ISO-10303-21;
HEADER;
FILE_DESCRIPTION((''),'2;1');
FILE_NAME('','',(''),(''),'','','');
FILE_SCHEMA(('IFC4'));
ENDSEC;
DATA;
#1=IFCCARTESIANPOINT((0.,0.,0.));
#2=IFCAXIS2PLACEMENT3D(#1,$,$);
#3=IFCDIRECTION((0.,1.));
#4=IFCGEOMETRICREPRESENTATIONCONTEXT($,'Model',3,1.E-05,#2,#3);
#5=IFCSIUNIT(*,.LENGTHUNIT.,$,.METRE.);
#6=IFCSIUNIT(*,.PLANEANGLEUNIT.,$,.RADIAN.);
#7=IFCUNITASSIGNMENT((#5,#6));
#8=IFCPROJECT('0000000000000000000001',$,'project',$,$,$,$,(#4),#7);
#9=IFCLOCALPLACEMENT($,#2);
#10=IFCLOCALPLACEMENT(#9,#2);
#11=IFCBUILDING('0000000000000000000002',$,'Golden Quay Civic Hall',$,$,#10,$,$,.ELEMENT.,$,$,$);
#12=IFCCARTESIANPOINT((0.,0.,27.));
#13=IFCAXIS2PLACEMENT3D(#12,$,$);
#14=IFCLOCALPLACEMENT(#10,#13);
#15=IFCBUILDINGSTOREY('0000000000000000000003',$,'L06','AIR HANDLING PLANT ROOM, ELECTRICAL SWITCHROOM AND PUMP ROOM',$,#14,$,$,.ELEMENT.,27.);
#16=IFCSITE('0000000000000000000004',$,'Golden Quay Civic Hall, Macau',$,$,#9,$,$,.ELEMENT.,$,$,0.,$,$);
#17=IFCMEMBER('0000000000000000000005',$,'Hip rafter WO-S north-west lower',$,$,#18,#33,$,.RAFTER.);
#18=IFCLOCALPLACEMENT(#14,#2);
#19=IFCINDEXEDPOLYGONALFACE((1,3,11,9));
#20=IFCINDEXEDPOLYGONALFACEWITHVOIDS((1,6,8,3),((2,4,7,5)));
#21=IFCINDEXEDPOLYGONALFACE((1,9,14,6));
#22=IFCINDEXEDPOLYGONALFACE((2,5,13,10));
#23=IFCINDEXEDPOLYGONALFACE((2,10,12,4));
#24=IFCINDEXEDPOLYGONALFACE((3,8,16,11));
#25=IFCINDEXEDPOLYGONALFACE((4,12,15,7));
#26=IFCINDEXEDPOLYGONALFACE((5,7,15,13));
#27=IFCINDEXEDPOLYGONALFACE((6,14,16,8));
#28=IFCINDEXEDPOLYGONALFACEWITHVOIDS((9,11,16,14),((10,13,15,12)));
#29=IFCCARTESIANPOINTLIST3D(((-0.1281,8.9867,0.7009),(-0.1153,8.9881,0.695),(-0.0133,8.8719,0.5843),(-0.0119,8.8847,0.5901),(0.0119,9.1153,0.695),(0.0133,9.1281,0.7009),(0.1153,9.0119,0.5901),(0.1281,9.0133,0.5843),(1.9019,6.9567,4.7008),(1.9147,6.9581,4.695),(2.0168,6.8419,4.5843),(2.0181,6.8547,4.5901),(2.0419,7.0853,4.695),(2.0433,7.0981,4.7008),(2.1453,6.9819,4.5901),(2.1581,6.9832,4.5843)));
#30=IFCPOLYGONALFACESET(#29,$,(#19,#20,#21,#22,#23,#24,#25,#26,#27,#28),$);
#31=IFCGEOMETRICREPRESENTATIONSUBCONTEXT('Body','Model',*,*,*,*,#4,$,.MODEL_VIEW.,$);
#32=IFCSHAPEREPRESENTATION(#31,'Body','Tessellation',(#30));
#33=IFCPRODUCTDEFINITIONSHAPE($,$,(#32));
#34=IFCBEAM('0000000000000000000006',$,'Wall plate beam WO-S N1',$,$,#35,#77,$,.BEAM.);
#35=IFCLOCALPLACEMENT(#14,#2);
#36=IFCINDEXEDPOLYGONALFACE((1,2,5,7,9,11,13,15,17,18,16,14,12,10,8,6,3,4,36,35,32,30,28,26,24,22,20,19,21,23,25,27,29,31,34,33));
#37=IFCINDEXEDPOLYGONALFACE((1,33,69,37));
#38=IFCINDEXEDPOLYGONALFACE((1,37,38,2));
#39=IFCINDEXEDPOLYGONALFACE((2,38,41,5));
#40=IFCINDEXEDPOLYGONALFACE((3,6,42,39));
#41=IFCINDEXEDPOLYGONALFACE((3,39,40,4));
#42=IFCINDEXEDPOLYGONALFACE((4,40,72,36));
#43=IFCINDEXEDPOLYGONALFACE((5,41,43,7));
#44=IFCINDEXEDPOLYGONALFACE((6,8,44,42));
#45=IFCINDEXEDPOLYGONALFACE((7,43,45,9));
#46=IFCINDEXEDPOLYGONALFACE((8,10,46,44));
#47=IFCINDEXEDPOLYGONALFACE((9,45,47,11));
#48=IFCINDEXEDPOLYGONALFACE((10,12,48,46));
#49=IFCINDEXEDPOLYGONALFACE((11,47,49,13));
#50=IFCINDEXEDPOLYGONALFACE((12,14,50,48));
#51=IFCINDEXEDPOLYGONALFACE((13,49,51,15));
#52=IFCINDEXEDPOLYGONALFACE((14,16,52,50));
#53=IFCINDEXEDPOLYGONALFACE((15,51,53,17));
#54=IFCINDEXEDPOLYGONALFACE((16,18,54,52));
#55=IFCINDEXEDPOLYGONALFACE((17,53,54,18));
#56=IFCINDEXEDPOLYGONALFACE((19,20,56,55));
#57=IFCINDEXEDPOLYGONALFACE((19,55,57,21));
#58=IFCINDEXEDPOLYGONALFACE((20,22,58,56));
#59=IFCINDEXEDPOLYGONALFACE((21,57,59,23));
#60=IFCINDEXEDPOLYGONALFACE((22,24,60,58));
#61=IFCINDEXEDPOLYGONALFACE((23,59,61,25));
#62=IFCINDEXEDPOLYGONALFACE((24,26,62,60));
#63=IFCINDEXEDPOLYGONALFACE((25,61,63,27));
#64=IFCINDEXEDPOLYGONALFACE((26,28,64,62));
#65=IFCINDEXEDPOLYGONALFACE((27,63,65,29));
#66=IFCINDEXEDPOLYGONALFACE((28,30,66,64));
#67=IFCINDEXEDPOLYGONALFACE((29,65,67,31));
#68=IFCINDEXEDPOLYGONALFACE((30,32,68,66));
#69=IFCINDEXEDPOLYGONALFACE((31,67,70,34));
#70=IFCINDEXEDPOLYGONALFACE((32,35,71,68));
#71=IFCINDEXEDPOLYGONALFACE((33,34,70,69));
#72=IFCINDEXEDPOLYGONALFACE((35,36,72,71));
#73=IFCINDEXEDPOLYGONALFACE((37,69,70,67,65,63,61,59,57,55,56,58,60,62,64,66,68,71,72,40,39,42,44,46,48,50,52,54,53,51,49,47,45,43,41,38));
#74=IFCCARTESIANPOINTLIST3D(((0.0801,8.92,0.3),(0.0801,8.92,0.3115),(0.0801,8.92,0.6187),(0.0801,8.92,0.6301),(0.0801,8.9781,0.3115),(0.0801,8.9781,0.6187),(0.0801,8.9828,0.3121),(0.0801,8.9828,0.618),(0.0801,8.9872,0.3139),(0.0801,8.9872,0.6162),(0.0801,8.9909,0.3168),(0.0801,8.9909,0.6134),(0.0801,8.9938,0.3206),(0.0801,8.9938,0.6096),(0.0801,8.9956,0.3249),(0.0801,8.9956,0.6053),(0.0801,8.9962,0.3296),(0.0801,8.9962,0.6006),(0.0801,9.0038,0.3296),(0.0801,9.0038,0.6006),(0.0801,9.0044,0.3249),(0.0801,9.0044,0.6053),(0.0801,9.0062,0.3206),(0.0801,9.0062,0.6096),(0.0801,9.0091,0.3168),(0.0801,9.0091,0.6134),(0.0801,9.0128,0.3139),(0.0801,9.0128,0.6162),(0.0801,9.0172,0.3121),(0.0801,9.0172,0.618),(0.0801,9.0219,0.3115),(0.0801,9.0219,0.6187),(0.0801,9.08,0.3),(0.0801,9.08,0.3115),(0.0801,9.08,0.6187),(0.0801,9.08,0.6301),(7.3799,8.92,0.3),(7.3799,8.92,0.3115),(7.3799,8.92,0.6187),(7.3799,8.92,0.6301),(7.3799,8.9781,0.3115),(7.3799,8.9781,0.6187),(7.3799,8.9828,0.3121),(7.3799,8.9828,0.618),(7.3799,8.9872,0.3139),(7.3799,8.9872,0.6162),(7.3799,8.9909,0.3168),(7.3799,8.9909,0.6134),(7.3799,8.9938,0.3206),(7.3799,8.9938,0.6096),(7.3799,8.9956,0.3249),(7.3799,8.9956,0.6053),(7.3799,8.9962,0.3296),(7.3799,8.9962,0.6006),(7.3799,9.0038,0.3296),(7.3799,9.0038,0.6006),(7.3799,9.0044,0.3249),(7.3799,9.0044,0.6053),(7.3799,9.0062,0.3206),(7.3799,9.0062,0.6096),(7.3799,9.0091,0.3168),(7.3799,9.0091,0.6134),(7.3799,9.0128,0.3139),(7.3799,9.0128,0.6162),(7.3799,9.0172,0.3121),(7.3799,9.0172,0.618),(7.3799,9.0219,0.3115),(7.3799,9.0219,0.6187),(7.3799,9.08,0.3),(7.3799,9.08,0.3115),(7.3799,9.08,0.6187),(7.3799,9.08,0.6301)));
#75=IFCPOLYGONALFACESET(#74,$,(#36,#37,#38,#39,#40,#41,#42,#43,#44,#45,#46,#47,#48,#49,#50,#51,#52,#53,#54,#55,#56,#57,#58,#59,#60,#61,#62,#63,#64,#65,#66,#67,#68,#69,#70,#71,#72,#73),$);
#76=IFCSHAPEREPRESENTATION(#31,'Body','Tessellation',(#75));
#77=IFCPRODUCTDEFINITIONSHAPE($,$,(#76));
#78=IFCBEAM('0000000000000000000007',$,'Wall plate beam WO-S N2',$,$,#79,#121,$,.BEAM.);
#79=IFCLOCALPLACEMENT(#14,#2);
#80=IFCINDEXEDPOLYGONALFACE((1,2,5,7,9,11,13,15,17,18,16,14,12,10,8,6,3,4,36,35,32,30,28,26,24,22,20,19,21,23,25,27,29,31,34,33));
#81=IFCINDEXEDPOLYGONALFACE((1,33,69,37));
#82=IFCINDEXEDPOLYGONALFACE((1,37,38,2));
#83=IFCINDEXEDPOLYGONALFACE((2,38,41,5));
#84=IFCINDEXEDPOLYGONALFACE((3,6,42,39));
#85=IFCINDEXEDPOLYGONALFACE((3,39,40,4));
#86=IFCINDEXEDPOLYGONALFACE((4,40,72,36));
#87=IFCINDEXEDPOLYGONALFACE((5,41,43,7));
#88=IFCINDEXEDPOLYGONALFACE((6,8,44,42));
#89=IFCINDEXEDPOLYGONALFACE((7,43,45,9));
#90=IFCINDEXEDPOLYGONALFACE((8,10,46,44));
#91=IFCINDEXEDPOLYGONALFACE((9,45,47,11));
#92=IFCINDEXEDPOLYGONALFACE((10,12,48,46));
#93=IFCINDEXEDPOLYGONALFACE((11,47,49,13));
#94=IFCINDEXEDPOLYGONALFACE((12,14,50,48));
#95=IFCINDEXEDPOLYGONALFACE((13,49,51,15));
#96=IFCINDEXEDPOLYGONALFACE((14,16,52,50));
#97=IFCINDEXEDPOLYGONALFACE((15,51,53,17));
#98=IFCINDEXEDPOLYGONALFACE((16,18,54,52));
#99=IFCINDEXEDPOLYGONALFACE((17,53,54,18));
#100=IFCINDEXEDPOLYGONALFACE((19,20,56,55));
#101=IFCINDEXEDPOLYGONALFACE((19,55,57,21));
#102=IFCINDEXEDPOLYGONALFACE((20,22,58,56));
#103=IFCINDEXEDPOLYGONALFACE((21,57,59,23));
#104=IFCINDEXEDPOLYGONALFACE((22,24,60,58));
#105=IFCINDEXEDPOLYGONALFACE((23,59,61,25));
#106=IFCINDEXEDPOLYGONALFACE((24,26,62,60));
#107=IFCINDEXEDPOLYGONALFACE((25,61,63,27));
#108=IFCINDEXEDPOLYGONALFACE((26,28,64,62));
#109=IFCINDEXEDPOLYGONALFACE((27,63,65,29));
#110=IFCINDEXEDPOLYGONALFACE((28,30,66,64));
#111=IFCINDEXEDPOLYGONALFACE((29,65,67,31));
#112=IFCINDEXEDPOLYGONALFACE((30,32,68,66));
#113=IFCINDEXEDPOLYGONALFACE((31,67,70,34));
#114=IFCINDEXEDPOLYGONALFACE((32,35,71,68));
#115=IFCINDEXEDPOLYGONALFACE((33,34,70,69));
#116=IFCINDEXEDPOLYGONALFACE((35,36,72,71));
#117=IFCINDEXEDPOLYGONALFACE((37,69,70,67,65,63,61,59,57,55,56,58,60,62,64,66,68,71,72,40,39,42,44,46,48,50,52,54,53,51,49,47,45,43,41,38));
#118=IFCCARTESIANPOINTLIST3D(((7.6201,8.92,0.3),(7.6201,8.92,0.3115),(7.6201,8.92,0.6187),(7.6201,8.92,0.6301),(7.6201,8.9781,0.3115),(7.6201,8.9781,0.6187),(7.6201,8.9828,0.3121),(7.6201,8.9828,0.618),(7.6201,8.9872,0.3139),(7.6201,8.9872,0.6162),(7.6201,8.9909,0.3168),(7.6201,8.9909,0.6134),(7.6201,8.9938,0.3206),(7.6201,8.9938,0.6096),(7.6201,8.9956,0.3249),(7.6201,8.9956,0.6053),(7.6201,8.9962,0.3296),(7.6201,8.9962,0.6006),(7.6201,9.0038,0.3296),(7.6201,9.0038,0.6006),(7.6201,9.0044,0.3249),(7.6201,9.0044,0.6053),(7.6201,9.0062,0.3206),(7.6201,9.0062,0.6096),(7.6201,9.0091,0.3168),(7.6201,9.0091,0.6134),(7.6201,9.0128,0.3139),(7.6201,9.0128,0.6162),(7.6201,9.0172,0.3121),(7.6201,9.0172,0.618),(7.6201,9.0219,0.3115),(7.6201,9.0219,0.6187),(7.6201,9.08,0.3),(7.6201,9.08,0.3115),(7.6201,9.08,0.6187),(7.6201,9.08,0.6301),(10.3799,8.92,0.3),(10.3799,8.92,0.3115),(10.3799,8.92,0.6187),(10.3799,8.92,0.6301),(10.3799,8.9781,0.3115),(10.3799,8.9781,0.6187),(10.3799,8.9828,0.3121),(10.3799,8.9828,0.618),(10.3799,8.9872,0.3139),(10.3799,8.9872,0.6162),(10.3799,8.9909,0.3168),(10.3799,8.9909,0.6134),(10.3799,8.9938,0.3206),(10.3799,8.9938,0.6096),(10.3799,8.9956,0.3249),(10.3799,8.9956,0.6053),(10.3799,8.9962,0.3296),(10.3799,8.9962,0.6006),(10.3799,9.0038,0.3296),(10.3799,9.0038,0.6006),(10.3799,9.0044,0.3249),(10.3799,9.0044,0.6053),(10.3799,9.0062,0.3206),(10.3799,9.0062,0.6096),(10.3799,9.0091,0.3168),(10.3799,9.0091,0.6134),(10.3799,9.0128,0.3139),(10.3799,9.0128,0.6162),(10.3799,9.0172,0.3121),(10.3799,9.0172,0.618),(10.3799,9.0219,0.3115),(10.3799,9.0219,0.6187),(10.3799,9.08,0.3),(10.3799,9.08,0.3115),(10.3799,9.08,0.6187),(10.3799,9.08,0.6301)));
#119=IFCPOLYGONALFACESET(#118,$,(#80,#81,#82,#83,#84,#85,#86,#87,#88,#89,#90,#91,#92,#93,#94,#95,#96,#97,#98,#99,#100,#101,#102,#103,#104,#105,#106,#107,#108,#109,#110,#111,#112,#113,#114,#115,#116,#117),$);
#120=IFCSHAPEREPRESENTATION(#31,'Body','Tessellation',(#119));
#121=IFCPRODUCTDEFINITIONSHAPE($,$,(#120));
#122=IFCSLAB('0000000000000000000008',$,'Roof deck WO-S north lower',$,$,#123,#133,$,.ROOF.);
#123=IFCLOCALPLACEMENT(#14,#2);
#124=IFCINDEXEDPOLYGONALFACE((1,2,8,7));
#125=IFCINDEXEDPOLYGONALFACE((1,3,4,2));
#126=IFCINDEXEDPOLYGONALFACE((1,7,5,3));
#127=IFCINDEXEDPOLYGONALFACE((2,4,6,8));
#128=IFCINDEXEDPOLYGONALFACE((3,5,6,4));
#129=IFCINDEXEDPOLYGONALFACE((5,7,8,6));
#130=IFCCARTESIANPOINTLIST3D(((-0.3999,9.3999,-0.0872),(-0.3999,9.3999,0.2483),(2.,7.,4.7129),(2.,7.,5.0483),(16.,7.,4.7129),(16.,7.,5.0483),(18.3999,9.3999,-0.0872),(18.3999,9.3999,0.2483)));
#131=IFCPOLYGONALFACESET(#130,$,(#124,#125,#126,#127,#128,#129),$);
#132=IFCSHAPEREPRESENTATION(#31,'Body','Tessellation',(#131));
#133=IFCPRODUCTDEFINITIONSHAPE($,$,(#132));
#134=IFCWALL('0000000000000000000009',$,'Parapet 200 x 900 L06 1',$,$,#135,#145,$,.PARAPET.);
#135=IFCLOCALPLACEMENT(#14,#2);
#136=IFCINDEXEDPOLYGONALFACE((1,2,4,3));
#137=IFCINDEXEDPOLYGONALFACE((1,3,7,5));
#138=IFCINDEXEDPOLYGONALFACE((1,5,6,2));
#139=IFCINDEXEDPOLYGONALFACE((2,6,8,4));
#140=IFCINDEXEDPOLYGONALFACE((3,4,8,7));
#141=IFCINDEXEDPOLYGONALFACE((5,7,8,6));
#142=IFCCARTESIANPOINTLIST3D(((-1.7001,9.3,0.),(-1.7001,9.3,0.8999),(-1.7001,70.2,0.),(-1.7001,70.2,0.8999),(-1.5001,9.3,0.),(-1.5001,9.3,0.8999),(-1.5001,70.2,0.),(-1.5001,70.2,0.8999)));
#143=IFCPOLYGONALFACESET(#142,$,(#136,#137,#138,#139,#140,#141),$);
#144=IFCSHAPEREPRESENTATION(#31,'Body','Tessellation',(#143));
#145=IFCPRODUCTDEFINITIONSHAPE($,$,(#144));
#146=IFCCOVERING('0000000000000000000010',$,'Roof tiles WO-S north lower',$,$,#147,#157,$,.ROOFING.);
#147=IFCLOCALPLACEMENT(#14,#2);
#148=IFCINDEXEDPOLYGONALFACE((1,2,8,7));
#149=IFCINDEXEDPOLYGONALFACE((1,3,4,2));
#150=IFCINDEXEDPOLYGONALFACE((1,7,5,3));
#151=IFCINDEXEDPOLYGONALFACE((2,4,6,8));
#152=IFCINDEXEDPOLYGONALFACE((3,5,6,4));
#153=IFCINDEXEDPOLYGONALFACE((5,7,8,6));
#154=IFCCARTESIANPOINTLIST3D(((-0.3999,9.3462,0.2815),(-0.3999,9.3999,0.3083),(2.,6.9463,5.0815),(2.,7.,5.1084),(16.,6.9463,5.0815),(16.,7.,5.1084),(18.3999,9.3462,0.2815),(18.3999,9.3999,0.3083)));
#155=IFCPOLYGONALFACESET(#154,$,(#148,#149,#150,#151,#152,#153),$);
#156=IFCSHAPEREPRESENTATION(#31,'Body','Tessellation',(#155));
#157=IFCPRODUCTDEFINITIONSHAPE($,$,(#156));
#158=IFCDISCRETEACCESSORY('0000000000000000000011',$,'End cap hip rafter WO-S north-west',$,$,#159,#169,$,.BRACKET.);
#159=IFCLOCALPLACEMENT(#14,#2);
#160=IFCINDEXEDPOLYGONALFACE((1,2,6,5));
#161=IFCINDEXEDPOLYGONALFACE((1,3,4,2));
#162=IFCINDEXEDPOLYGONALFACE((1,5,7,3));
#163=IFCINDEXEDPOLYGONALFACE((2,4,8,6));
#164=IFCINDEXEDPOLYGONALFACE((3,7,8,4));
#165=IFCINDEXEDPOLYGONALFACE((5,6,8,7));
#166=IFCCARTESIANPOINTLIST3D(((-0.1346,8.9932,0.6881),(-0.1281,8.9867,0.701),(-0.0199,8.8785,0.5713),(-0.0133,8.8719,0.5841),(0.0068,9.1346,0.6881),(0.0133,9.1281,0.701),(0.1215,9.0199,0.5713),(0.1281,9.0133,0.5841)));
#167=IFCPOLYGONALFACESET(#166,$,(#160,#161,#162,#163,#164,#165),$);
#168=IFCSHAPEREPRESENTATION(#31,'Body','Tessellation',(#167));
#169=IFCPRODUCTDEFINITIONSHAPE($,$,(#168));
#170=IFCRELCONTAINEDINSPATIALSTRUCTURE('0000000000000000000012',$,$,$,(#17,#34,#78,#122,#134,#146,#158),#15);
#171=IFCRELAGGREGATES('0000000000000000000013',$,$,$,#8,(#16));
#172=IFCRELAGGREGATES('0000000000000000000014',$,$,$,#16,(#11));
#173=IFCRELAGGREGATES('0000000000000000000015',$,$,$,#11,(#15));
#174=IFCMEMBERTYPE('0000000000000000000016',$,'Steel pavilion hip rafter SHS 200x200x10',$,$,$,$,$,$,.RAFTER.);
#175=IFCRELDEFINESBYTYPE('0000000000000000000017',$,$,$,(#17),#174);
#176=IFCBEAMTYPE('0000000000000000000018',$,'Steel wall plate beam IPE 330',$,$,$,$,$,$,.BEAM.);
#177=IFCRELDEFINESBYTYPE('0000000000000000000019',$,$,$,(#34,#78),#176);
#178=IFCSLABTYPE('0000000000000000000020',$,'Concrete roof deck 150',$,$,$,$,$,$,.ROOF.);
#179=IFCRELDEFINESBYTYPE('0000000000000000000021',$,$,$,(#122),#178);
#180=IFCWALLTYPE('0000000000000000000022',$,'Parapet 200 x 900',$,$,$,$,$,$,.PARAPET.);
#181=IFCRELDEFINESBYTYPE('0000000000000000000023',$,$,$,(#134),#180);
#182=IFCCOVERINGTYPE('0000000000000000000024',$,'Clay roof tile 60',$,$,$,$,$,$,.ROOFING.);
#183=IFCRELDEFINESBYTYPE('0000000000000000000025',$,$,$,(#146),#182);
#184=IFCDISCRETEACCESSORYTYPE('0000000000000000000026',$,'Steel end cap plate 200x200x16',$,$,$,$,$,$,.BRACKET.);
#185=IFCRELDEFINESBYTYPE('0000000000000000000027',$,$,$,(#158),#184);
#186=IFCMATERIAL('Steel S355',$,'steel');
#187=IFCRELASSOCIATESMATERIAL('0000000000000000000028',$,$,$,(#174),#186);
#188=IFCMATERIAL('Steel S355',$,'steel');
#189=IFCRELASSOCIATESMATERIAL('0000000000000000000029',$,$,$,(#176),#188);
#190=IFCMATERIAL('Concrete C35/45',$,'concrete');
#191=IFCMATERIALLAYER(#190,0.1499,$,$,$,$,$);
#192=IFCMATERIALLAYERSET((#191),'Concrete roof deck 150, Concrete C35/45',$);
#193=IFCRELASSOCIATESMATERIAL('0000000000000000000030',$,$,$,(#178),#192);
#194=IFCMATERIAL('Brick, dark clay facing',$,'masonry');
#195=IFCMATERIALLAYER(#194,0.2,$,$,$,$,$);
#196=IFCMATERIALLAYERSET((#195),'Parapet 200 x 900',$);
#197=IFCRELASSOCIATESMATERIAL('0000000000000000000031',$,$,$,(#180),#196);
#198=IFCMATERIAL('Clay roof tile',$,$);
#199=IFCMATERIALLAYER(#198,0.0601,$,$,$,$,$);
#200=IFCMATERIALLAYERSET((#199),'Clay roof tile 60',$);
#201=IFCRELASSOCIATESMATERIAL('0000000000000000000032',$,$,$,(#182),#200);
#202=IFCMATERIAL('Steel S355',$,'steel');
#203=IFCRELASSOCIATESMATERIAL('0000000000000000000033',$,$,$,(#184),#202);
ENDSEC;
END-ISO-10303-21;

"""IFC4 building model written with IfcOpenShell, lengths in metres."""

from ifc_helpers import new_model, si_unit, direction, frame, frame_2d, origin, origin_2d, place, context, subcontext, project, spatial, polyline, rectangle, hollow_rectangle, i_section, outline, extrude, material, layer, layer_set, material_profile, profile_set, type_object, element, save


model = new_model("IFC4")

# Units and contexts
model_context = context("Model", 3, precision=1e-05, world=origin(), true_north=direction((0.0, 1.0)))
body_context = subcontext(model_context, "Body", "Model", "MODEL_VIEW")
ifc_project = project(units=[si_unit("LENGTHUNIT", "METRE"), si_unit("PLANEANGLEUNIT", "RADIAN")], contexts=[model_context])

# Site, building, storey
site_placement = place(None, origin())
site = spatial("IfcSite", under=ifc_project, at=site_placement, Name="Golden Quay Civic Hall, Macau", CompositionType="ELEMENT", RefElevation=0.0)
building_placement = place(site_placement, origin())
building = spatial("IfcBuilding", under=site, at=building_placement, Name="Golden Quay Civic Hall", CompositionType="ELEMENT")
storey_placement = place(building_placement, frame((0.0, 0.0, 27.0)))
storey = spatial("IfcBuildingStorey", under=building, at=storey_placement, Name="L06", Description="AIR HANDLING PLANT ROOM, ELECTRICAL SWITCHROOM AND PUMP ROOM", CompositionType="ELEMENT", Elevation=27.0)

# Member
ifc_material_1 = material(Name="Steel S355", Category="steel")
ifc_material_profile_1 = material_profile(ifc_material_1, hollow_rectangle(XDim=0.2, YDim=0.2, WallThickness=0.01, at=origin_2d()), Name="SHS 200x200x10")
ifc_profile_set_1 = profile_set([ifc_material_profile_1], Name="Steel S355")
member_type_1 = type_object("IfcMemberType", Name="Steel pavilion hip rafter SHS 200x200x10", PredefinedType="RAFTER", material=ifc_profile_set_1)
member_1_placement = place(storey_placement, frame((0.0, 9.0, 0.6426), z_axis=(0.412304, -0.412304, 0.81241), x_axis=(0.707107, 0.707107, 0.0)))
element("IfcMember", 1, at=member_1_placement, inside=storey, type_object=member_type_1, Name="Hip rafter WO-S north-west lower", PredefinedType="RAFTER", context=body_context, shape_type="SweptSolid", body=[
    extrude(hollow_rectangle(XDim=0.2, YDim=0.2, WallThickness=0.01, at=origin_2d()), origin(), (0.0, 0.0, 1.0), 4.9236),
])

# Beams
ifc_material_2 = material(Name="Steel S355", Category="steel")
ifc_material_profile_2 = material_profile(ifc_material_2, i_section(OverallWidth=0.1599, OverallDepth=0.3301, WebThickness=0.0076, FlangeThickness=0.0115, FilletRadius=0.0181, at=origin_2d()), Name="IPE 330")
ifc_profile_set_2 = profile_set([ifc_material_profile_2], Name="Steel S355")
beam_type_1 = type_object("IfcBeamType", Name="Steel wall plate beam IPE 330", PredefinedType="BEAM", material=ifc_profile_set_2)
beam_1_placement = place(storey_placement, frame((0.0801, 9.0, 0.4651), z_axis=(1.0, 0.0, 0.0), x_axis=(0.0, 1.0, 0.0)))
element("IfcBeam", 2, at=beam_1_placement, inside=storey, type_object=beam_type_1, Name="Wall plate beam WO-S N1", PredefinedType="BEAM", context=body_context, shape_type="SweptSolid", body=[
    extrude(i_section(OverallWidth=0.1599, OverallDepth=0.3301, WebThickness=0.0076, FlangeThickness=0.0115, FilletRadius=0.0181, at=origin_2d()), origin(), (0.0, 0.0, 1.0), 7.2998),
])
beam_2_placement = place(storey_placement, frame((7.6201, 9.0, 0.4651), z_axis=(1.0, 0.0, 0.0), x_axis=(0.0, 1.0, 0.0)))
element("IfcBeam", 3, at=beam_2_placement, inside=storey, type_object=beam_type_1, Name="Wall plate beam WO-S N2", PredefinedType="BEAM", context=body_context, shape_type="SweptSolid", body=[
    extrude(i_section(OverallWidth=0.1599, OverallDepth=0.3301, WebThickness=0.0076, FlangeThickness=0.0115, FilletRadius=0.0181, at=origin_2d()), origin(), (0.0, 0.0, 1.0), 2.7598),
])

# Slab
ifc_material_3 = material(Name="Concrete C35/45", Category="concrete")
ifc_layer_1 = layer(ifc_material_3, 0.1499)
ifc_layer_set_1 = layer_set([ifc_layer_1], Name="Concrete roof deck 150, Concrete C35/45")
slab_type = type_object("IfcSlabType", Name="Concrete roof deck 150", PredefinedType="ROOF", material=ifc_layer_set_1)
slab_placement = place(storey_placement, frame((-0.3999, 9.3999, 0.2483), z_axis=(0.0, 0.894436, 0.447195), x_axis=(1.0, 0.0, 0.0)))
element("IfcSlab", 4, at=slab_placement, inside=storey, type_object=slab_type, Name="Roof deck WO-S north lower", PredefinedType="ROOF", context=body_context, shape_type="SweptSolid", body=[
    extrude(outline(polyline([(0.0, 0.0), (18.7998, 0.0), (16.3999, -5.3666), (2.3999, -5.3666), (0.0, 0.0)])), origin(), (0.0, 0.894436, -0.447195), 0.3354),
])

# Wall
ifc_material_4 = material(Name="Brick, dark clay facing", Category="masonry")
ifc_layer_2 = layer(ifc_material_4, 0.2)
ifc_layer_set_2 = layer_set([ifc_layer_2], Name="Parapet 200 x 900")
wall_type = type_object("IfcWallType", Name="Parapet 200 x 900", PredefinedType="PARAPET", material=ifc_layer_set_2)
wall_placement = place(storey_placement, frame((-1.6001, 9.3, 0.0), z_axis=(0.0, 0.0, 1.0), x_axis=(0.0, 1.0, 0.0)))
element("IfcWall", 5, at=wall_placement, inside=storey, type_object=wall_type, Name="Parapet 200 x 900 L06 1", PredefinedType="PARAPET", context=body_context, shape_type="SweptSolid", body=[
    extrude(rectangle(XDim=60.8999, YDim=0.2, at=frame_2d((30.45, 0.0))), origin(), (0.0, 0.0, 1.0), 0.8999),
])

# Covering
ifc_material_5 = material(Name="Clay roof tile")
ifc_layer_3 = layer(ifc_material_5, 0.0601)
ifc_layer_set_3 = layer_set([ifc_layer_3], Name="Clay roof tile 60")
covering_type = type_object("IfcCoveringType", Name="Clay roof tile 60", PredefinedType="ROOFING", material=ifc_layer_set_3)
covering_placement = place(storey_placement, frame((-0.3999, 9.3999, 0.3083), z_axis=(0.0, 0.894436, 0.447195), x_axis=(1.0, 0.0, 0.0)))
element("IfcCovering", 6, at=covering_placement, inside=storey, type_object=covering_type, Name="Roof tiles WO-S north lower", PredefinedType="ROOFING", context=body_context, shape_type="SweptSolid", body=[
    extrude(outline(polyline([(0.0, 0.0), (18.7998, 0.0), (16.3999, -5.3666), (2.3999, -5.3666), (0.0, 0.0)])), origin(), (0.0, 0.0, -1.0), 0.0601),
])

# Discrete accessory
ifc_material_6 = material(Name="Steel S355", Category="steel")
ifc_material_profile_3 = material_profile(ifc_material_6, rectangle(XDim=0.2, YDim=0.2, at=origin_2d()), Name="Steel end cap plate 200x200x16")
ifc_profile_set_3 = profile_set([ifc_material_profile_3], Name="Steel S355")
discrete_accessory_type = type_object("IfcDiscreteAccessoryType", Name="Steel end cap plate 200x200x16", PredefinedType="BRACKET", material=ifc_profile_set_3)
discrete_accessory_placement = place(storey_placement, frame((0.0, 9.0, 0.6426), z_axis=(-0.413335, 0.413335, -0.811362), x_axis=(-0.707107, -0.707107, 0.0)))
element("IfcDiscreteAccessory", 7, at=discrete_accessory_placement, inside=storey, type_object=discrete_accessory_type, Name="End cap hip rafter WO-S north-west", PredefinedType="BRACKET", context=body_context, shape_type="SweptSolid", body=[
    extrude(rectangle(XDim=0.2, YDim=0.2, at=origin_2d()), origin(), (0.0, 0.0, 1.0), 0.0159),
])

save(model, "model.ifc")
